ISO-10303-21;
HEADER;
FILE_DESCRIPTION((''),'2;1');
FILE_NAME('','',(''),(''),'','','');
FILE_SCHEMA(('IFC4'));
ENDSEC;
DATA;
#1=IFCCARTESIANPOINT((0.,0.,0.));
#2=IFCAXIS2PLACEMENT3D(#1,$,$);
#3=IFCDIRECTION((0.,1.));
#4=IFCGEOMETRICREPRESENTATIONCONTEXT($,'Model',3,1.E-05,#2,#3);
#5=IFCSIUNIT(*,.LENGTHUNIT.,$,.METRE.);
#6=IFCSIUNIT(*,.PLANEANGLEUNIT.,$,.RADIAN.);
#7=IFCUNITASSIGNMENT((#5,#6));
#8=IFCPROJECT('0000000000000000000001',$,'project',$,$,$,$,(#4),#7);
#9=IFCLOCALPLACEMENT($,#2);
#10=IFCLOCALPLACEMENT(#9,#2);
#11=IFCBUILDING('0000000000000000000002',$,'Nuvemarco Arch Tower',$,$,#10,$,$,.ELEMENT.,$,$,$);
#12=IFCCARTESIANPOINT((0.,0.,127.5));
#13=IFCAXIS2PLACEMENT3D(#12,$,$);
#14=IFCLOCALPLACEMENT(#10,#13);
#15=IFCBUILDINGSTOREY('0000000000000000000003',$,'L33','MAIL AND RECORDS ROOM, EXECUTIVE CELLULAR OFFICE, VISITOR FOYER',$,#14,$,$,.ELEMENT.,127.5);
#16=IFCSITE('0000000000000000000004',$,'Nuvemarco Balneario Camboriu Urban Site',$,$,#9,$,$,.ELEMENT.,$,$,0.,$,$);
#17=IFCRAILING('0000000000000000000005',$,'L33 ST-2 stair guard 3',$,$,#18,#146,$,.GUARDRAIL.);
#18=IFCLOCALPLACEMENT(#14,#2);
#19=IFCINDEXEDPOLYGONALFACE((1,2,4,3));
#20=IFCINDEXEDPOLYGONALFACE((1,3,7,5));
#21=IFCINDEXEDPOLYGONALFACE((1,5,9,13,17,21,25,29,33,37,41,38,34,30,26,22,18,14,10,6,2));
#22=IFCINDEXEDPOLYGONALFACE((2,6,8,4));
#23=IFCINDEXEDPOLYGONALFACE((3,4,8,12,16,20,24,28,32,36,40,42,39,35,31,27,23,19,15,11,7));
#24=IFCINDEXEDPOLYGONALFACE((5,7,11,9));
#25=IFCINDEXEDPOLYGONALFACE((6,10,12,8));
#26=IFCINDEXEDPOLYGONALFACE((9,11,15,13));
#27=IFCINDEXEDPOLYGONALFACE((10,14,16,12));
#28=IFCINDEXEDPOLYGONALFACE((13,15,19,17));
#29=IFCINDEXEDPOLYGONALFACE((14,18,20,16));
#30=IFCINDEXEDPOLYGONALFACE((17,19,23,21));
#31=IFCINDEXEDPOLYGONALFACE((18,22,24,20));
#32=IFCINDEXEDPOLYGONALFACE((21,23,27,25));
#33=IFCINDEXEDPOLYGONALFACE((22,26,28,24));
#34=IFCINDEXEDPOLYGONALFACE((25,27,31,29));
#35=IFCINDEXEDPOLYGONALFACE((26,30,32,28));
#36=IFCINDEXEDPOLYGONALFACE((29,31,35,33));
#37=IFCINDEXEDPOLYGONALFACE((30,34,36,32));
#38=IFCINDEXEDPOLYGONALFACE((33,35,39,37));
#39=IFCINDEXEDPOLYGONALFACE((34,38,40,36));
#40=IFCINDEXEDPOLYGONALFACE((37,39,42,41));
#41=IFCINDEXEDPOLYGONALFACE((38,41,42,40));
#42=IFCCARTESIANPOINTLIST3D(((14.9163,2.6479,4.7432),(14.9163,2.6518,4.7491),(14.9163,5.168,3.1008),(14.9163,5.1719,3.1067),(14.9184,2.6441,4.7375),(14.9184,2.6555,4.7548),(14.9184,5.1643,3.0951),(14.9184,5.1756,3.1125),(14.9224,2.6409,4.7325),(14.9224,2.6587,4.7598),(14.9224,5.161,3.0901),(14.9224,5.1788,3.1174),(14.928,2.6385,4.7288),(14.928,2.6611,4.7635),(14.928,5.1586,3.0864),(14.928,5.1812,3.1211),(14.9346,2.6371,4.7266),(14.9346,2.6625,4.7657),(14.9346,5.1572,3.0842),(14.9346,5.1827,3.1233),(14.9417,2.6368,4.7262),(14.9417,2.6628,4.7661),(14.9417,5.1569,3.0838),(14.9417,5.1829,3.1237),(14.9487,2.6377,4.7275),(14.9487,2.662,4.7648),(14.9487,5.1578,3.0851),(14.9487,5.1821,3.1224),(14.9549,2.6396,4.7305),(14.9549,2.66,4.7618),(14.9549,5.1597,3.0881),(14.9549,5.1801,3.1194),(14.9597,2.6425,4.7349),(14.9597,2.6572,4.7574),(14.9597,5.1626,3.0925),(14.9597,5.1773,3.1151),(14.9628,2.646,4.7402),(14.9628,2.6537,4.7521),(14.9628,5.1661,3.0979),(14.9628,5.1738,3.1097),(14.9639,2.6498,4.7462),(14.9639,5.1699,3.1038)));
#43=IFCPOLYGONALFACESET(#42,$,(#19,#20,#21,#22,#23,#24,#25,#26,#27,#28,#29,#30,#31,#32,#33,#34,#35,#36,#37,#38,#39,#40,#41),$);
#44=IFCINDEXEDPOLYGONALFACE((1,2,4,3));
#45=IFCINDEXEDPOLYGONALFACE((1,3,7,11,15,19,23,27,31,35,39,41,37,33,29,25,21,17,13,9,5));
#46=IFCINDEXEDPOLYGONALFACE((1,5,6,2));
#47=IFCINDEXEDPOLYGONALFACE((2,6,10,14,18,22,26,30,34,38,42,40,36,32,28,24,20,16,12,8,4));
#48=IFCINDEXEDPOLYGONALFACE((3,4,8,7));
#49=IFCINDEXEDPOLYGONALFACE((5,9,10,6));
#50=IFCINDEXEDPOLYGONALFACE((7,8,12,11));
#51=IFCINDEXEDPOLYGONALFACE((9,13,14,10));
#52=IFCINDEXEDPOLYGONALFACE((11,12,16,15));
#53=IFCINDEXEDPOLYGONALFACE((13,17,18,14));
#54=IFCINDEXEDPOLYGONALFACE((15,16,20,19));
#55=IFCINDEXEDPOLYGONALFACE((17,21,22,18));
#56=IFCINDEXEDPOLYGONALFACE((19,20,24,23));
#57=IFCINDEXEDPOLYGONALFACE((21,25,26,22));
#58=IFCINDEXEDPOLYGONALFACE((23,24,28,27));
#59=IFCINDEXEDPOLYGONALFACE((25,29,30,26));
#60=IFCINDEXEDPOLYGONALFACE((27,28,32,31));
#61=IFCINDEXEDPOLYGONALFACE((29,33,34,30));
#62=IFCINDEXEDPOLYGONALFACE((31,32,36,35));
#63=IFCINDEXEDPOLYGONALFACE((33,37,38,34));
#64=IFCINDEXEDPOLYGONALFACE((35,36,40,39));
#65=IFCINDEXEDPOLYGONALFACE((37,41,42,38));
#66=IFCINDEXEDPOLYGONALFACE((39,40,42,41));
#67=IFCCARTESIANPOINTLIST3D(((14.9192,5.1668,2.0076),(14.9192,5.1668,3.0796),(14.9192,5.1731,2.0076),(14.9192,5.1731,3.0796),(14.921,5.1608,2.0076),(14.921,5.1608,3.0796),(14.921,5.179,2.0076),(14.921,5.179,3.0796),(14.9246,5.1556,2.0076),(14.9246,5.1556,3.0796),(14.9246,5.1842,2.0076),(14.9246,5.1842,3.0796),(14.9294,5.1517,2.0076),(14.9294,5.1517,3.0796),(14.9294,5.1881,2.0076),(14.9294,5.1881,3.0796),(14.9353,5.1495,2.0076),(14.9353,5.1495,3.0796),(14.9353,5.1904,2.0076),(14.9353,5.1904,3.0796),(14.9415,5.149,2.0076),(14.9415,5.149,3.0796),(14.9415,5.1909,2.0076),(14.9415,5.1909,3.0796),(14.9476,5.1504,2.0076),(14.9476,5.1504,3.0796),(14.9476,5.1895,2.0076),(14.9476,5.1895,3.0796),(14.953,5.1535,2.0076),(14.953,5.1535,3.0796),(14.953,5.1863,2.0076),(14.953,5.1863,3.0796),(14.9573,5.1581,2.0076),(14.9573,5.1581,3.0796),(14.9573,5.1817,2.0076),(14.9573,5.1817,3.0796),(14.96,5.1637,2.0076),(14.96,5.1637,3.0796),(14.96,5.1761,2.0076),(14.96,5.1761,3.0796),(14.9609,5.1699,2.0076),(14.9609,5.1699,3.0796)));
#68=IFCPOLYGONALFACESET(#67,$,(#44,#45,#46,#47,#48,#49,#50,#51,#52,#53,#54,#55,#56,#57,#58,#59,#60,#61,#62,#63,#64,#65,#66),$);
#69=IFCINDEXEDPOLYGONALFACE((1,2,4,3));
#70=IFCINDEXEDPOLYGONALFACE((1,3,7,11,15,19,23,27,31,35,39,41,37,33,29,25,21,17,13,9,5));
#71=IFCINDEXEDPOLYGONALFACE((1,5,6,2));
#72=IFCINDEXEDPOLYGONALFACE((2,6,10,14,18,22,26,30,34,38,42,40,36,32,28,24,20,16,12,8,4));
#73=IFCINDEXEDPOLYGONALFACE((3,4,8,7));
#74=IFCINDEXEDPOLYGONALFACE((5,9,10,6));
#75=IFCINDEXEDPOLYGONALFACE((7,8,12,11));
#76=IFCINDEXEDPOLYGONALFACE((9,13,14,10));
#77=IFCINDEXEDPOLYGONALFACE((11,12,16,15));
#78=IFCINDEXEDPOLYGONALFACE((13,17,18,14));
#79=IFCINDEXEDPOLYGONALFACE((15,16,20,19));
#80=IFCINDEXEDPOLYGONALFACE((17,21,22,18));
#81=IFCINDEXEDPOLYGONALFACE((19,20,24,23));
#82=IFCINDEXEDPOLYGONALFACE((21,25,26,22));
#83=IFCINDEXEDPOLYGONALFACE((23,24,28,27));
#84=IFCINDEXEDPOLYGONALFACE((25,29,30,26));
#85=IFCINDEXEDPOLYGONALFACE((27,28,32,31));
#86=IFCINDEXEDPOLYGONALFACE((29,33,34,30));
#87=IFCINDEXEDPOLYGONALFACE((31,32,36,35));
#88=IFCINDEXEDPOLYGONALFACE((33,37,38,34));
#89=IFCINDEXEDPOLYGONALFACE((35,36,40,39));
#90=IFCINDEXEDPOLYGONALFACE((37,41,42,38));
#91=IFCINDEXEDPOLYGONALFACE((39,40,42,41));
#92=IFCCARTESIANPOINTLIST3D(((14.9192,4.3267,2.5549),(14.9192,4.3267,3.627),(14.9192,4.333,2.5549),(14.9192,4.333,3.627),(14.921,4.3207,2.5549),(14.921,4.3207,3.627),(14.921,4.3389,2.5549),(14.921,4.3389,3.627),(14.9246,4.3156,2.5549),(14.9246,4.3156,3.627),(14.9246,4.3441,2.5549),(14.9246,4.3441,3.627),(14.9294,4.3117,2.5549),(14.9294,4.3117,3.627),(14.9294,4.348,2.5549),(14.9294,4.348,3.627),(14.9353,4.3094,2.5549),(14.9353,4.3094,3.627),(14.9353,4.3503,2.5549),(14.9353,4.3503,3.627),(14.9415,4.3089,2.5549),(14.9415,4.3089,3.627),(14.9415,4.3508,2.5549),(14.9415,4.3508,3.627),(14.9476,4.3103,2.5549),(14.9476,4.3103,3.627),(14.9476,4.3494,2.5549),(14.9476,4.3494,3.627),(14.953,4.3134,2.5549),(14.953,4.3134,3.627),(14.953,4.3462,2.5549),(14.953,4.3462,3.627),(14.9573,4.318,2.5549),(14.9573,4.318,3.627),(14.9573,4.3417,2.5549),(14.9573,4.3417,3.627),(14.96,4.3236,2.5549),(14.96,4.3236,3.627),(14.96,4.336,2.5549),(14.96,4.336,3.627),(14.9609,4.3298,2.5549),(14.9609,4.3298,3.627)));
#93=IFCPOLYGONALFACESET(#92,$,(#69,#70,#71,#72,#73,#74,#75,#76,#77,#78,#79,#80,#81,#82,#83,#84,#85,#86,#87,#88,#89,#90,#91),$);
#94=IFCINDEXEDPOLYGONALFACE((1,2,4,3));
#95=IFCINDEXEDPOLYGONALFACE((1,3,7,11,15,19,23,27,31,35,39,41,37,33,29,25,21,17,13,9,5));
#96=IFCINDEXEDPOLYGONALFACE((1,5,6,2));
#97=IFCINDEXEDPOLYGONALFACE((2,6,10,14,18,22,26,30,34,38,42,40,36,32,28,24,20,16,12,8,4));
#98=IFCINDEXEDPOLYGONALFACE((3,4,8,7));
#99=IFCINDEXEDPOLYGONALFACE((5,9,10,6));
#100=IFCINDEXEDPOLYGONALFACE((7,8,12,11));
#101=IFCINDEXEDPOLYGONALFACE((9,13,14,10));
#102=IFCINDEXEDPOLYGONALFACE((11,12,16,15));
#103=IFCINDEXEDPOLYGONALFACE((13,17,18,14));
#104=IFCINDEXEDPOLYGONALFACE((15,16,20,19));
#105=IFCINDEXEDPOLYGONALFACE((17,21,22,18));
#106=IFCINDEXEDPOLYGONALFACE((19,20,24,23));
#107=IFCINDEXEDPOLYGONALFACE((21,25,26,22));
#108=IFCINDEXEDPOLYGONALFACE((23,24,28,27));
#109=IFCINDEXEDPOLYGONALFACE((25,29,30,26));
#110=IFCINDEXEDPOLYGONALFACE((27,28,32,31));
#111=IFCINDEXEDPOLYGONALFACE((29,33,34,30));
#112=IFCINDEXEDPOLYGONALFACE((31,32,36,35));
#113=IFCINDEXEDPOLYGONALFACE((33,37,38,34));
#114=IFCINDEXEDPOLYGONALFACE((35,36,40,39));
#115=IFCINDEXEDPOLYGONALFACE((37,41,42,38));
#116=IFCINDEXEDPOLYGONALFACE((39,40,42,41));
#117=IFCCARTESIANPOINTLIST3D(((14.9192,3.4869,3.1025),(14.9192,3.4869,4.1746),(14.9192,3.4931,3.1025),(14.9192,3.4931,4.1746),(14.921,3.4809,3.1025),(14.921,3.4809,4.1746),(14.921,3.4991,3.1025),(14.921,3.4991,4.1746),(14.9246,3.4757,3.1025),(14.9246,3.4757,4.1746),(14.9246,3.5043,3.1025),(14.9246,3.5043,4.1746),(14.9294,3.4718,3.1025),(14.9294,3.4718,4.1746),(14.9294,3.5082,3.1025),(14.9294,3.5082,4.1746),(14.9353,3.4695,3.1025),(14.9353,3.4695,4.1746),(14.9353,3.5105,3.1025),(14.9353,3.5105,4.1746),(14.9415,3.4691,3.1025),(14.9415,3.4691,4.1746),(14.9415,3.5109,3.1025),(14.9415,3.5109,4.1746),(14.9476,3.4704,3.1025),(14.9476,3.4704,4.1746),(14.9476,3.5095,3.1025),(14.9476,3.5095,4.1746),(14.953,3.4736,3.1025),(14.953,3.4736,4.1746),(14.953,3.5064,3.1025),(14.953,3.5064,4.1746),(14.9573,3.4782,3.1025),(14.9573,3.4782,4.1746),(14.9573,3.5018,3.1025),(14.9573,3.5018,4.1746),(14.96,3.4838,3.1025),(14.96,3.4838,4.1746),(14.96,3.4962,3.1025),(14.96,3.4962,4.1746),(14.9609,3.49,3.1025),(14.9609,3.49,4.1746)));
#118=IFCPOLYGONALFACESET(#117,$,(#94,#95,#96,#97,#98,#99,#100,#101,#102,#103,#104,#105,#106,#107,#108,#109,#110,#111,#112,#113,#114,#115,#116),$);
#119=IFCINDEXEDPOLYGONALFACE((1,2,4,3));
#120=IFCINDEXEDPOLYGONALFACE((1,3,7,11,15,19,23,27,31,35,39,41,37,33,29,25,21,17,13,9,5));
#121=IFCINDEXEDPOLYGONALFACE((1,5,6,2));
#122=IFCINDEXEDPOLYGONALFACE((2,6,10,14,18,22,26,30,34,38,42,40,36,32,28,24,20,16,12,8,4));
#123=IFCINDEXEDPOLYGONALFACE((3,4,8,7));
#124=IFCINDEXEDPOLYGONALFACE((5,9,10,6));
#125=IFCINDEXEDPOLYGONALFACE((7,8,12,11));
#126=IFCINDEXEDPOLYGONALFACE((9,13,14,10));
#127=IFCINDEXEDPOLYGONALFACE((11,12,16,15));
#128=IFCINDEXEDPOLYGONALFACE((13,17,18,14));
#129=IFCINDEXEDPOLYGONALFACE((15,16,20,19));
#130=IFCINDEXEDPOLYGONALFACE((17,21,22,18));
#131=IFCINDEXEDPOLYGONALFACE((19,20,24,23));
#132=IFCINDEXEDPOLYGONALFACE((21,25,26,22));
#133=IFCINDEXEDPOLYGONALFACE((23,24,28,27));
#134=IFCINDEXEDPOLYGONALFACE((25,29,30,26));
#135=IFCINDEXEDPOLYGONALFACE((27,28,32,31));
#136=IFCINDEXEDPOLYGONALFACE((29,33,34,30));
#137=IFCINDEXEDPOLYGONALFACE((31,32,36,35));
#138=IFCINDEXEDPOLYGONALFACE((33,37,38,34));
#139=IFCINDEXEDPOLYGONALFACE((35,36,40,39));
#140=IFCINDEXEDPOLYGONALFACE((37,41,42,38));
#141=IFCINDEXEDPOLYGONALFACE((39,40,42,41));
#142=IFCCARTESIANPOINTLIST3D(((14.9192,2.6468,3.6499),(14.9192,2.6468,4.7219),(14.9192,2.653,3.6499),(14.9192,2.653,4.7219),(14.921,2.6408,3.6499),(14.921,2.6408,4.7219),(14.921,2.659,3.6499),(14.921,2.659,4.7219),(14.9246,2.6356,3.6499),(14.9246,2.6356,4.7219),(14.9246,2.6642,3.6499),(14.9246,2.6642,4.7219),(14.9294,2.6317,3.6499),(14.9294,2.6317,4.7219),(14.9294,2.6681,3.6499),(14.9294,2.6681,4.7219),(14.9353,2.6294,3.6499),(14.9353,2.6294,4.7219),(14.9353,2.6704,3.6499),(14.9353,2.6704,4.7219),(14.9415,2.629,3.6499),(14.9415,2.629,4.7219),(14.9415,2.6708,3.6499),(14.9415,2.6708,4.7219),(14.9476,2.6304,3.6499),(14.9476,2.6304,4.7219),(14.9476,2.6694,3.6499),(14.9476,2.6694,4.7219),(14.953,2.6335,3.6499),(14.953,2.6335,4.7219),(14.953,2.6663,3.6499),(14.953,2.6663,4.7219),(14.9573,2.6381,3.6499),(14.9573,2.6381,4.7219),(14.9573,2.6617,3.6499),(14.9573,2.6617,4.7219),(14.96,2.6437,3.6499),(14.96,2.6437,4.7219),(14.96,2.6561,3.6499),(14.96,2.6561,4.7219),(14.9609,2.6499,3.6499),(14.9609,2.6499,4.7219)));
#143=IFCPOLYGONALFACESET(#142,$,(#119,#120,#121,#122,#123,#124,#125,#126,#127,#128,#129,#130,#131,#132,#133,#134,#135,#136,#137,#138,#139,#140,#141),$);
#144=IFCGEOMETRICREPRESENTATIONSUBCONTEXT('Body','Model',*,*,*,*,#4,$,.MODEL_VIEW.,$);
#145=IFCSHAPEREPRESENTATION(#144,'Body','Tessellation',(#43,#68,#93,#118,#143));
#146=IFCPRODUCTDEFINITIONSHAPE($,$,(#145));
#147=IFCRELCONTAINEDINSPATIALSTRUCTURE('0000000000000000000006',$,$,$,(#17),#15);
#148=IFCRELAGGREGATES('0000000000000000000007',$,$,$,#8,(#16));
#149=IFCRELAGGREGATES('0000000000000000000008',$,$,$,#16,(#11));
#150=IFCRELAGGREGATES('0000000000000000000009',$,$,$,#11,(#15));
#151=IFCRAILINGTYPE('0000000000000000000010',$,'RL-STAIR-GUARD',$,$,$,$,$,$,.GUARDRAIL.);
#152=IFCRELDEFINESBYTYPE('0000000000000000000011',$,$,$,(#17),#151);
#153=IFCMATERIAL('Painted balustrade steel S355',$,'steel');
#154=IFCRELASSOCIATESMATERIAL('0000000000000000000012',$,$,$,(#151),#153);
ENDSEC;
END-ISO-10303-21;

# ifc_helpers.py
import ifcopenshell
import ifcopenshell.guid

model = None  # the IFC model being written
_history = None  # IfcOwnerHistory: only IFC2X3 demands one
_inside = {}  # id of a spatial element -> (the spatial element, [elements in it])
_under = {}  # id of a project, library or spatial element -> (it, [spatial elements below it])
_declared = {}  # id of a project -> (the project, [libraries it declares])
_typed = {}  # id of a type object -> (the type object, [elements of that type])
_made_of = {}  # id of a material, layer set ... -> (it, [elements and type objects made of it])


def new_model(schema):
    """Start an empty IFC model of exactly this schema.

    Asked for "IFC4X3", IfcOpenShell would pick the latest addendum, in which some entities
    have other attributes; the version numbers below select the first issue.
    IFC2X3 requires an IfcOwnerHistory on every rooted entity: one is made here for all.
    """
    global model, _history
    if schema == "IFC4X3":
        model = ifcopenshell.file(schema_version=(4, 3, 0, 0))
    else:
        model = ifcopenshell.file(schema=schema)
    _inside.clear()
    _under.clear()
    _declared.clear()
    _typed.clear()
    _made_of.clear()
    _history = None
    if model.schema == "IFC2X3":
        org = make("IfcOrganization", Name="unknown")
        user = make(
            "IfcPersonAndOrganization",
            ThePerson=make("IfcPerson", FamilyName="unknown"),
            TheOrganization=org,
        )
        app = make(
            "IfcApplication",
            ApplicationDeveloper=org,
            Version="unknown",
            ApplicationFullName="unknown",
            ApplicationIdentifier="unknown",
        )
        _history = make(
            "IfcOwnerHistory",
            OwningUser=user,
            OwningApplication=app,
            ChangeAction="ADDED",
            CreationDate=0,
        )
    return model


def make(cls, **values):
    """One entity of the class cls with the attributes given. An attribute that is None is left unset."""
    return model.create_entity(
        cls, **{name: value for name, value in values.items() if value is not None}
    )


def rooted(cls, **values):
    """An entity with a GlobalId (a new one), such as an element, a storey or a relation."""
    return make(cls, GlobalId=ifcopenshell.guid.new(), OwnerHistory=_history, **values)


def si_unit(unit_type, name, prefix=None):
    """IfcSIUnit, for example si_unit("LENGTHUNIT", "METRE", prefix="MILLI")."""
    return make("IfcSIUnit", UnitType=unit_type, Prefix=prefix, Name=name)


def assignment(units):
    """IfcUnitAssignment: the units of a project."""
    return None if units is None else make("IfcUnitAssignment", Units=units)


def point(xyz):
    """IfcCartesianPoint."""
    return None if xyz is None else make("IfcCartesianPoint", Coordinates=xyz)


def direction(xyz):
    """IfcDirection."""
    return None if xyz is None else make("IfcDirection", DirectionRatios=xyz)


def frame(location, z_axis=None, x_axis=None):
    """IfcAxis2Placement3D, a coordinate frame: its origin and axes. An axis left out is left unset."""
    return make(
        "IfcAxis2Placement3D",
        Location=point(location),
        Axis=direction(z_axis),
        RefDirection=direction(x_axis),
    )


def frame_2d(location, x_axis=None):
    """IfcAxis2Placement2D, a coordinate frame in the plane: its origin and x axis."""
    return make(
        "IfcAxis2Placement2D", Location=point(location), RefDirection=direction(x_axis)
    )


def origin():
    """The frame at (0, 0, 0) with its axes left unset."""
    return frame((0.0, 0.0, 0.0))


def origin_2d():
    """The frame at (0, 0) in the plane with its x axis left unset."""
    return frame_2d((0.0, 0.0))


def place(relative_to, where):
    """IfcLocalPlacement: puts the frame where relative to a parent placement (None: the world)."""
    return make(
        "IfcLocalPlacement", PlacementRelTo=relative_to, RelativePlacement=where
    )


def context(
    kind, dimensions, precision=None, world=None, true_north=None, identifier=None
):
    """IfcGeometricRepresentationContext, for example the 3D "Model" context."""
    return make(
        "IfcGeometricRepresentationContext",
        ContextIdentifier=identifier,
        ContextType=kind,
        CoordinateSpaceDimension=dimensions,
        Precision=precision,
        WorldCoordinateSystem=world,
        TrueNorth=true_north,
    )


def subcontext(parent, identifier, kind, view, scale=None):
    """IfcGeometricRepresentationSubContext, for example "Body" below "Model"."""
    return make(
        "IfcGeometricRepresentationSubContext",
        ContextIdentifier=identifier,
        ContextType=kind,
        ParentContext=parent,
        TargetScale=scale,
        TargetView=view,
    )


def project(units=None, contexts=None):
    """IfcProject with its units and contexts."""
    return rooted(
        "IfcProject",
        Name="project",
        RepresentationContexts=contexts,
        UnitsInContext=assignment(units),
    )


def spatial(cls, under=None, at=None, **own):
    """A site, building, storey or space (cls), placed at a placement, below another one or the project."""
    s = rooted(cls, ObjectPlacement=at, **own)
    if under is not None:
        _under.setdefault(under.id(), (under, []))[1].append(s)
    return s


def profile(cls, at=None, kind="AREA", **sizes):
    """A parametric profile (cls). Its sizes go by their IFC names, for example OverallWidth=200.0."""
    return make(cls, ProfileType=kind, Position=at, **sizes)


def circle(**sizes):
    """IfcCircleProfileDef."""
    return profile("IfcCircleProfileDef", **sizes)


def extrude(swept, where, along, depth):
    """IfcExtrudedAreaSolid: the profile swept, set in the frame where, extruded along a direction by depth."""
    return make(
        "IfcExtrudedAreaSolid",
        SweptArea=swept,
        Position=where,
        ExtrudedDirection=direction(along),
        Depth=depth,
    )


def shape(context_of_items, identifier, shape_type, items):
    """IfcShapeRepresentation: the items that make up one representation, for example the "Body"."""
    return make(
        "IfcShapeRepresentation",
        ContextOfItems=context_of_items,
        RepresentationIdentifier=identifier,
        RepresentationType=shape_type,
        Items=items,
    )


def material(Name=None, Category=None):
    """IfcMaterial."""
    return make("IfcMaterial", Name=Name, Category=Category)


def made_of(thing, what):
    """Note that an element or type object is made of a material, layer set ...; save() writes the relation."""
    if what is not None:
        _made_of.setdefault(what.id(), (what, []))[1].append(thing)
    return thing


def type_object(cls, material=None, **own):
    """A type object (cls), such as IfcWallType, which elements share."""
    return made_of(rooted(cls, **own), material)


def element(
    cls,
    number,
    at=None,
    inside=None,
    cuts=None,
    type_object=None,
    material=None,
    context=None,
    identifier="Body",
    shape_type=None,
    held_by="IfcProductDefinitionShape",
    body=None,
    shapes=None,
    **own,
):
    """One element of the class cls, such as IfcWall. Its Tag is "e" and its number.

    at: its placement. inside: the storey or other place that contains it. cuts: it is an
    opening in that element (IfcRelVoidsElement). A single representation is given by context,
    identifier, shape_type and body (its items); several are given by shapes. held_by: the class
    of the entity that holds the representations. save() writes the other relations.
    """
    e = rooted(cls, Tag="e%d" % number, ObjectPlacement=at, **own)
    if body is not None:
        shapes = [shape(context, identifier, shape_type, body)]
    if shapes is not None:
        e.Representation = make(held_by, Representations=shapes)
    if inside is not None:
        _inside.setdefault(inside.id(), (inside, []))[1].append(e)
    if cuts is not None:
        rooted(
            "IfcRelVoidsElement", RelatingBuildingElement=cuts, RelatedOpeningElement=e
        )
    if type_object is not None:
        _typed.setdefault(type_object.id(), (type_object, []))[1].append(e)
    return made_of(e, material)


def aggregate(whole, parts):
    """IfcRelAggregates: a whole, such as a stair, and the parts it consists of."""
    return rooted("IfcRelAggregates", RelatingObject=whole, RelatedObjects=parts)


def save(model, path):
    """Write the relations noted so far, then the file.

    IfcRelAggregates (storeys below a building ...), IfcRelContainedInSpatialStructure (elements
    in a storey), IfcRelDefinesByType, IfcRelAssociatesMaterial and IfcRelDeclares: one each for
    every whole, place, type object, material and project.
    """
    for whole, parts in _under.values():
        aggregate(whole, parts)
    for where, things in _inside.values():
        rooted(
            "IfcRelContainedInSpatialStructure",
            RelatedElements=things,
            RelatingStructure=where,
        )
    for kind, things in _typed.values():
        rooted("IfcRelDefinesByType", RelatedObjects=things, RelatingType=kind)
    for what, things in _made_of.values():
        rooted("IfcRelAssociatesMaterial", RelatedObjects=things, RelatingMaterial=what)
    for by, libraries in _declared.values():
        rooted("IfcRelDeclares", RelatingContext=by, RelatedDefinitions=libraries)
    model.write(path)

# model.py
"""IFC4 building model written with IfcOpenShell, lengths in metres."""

from ifc_helpers import new_model, si_unit, direction, frame, origin, origin_2d, place, context, subcontext, project, spatial, circle, extrude, material, type_object, element, save


model = new_model("IFC4")

# Units and contexts
model_context = context("Model", 3, precision=1e-05, world=origin(), true_north=direction((0.0, 1.0)))
body_context = subcontext(model_context, "Body", "Model", "MODEL_VIEW")
ifc_project = project(units=[si_unit("LENGTHUNIT", "METRE"), si_unit("PLANEANGLEUNIT", "RADIAN")], contexts=[model_context])

# Site, building, storey
site_placement = place(None, origin())
site = spatial("IfcSite", under=ifc_project, at=site_placement, Name="Nuvemarco Balneario Camboriu Urban Site", CompositionType="ELEMENT", RefElevation=0.0)
building_placement = place(site_placement, origin())
building = spatial("IfcBuilding", under=site, at=building_placement, Name="Nuvemarco Arch Tower", CompositionType="ELEMENT")
storey_placement = place(building_placement, frame((0.0, 0.0, 127.5)))
storey = spatial("IfcBuildingStorey", under=building, at=storey_placement, Name="L33", Description="MAIL AND RECORDS ROOM, EXECUTIVE CELLULAR OFFICE, VISITOR FOYER", CompositionType="ELEMENT", Elevation=127.5)

# Railing
ifc_material_1 = material(Name="Painted balustrade steel S355", Category="steel")
railing_type_1 = type_object("IfcRailingType", Name="RL-STAIR-GUARD", PredefinedType="GUARDRAIL", material=ifc_material_1)
railing_1_placement = place(storey_placement, frame((14.9399, 5.1699, 2.0076)))
element("IfcRailing", 1, at=railing_1_placement, inside=storey, type_object=railing_type_1, Name="L33 ST-2 stair guard 3", PredefinedType="GUARDRAIL", context=body_context, shape_type="SweptSolid", body=[
    extrude(circle(Radius=0.0239, at=origin_2d()), frame((0.0, 0.0, 1.0962), z_axis=(0.0, -0.837787, 0.545998), x_axis=(1.0, 0.0, 0.0)), (0.0, 0.0, 1.0), 3.0081),
    extrude(circle(Radius=0.021, at=origin_2d()), origin(), (0.0, 0.0, 1.0), 1.072),
    extrude(circle(Radius=0.021, at=origin_2d()), frame((0.0, -0.8401, 0.5474)), (0.0, 0.0, 1.0), 1.072),
    extrude(circle(Radius=0.021, at=origin_2d()), frame((0.0, -1.6799, 1.095)), (0.0, 0.0, 1.0), 1.072),
    extrude(circle(Radius=0.021, at=origin_2d()), frame((0.0, -2.52, 1.6423)), (0.0, 0.0, 1.0), 1.072),
])

save(model, "model.ifc")
